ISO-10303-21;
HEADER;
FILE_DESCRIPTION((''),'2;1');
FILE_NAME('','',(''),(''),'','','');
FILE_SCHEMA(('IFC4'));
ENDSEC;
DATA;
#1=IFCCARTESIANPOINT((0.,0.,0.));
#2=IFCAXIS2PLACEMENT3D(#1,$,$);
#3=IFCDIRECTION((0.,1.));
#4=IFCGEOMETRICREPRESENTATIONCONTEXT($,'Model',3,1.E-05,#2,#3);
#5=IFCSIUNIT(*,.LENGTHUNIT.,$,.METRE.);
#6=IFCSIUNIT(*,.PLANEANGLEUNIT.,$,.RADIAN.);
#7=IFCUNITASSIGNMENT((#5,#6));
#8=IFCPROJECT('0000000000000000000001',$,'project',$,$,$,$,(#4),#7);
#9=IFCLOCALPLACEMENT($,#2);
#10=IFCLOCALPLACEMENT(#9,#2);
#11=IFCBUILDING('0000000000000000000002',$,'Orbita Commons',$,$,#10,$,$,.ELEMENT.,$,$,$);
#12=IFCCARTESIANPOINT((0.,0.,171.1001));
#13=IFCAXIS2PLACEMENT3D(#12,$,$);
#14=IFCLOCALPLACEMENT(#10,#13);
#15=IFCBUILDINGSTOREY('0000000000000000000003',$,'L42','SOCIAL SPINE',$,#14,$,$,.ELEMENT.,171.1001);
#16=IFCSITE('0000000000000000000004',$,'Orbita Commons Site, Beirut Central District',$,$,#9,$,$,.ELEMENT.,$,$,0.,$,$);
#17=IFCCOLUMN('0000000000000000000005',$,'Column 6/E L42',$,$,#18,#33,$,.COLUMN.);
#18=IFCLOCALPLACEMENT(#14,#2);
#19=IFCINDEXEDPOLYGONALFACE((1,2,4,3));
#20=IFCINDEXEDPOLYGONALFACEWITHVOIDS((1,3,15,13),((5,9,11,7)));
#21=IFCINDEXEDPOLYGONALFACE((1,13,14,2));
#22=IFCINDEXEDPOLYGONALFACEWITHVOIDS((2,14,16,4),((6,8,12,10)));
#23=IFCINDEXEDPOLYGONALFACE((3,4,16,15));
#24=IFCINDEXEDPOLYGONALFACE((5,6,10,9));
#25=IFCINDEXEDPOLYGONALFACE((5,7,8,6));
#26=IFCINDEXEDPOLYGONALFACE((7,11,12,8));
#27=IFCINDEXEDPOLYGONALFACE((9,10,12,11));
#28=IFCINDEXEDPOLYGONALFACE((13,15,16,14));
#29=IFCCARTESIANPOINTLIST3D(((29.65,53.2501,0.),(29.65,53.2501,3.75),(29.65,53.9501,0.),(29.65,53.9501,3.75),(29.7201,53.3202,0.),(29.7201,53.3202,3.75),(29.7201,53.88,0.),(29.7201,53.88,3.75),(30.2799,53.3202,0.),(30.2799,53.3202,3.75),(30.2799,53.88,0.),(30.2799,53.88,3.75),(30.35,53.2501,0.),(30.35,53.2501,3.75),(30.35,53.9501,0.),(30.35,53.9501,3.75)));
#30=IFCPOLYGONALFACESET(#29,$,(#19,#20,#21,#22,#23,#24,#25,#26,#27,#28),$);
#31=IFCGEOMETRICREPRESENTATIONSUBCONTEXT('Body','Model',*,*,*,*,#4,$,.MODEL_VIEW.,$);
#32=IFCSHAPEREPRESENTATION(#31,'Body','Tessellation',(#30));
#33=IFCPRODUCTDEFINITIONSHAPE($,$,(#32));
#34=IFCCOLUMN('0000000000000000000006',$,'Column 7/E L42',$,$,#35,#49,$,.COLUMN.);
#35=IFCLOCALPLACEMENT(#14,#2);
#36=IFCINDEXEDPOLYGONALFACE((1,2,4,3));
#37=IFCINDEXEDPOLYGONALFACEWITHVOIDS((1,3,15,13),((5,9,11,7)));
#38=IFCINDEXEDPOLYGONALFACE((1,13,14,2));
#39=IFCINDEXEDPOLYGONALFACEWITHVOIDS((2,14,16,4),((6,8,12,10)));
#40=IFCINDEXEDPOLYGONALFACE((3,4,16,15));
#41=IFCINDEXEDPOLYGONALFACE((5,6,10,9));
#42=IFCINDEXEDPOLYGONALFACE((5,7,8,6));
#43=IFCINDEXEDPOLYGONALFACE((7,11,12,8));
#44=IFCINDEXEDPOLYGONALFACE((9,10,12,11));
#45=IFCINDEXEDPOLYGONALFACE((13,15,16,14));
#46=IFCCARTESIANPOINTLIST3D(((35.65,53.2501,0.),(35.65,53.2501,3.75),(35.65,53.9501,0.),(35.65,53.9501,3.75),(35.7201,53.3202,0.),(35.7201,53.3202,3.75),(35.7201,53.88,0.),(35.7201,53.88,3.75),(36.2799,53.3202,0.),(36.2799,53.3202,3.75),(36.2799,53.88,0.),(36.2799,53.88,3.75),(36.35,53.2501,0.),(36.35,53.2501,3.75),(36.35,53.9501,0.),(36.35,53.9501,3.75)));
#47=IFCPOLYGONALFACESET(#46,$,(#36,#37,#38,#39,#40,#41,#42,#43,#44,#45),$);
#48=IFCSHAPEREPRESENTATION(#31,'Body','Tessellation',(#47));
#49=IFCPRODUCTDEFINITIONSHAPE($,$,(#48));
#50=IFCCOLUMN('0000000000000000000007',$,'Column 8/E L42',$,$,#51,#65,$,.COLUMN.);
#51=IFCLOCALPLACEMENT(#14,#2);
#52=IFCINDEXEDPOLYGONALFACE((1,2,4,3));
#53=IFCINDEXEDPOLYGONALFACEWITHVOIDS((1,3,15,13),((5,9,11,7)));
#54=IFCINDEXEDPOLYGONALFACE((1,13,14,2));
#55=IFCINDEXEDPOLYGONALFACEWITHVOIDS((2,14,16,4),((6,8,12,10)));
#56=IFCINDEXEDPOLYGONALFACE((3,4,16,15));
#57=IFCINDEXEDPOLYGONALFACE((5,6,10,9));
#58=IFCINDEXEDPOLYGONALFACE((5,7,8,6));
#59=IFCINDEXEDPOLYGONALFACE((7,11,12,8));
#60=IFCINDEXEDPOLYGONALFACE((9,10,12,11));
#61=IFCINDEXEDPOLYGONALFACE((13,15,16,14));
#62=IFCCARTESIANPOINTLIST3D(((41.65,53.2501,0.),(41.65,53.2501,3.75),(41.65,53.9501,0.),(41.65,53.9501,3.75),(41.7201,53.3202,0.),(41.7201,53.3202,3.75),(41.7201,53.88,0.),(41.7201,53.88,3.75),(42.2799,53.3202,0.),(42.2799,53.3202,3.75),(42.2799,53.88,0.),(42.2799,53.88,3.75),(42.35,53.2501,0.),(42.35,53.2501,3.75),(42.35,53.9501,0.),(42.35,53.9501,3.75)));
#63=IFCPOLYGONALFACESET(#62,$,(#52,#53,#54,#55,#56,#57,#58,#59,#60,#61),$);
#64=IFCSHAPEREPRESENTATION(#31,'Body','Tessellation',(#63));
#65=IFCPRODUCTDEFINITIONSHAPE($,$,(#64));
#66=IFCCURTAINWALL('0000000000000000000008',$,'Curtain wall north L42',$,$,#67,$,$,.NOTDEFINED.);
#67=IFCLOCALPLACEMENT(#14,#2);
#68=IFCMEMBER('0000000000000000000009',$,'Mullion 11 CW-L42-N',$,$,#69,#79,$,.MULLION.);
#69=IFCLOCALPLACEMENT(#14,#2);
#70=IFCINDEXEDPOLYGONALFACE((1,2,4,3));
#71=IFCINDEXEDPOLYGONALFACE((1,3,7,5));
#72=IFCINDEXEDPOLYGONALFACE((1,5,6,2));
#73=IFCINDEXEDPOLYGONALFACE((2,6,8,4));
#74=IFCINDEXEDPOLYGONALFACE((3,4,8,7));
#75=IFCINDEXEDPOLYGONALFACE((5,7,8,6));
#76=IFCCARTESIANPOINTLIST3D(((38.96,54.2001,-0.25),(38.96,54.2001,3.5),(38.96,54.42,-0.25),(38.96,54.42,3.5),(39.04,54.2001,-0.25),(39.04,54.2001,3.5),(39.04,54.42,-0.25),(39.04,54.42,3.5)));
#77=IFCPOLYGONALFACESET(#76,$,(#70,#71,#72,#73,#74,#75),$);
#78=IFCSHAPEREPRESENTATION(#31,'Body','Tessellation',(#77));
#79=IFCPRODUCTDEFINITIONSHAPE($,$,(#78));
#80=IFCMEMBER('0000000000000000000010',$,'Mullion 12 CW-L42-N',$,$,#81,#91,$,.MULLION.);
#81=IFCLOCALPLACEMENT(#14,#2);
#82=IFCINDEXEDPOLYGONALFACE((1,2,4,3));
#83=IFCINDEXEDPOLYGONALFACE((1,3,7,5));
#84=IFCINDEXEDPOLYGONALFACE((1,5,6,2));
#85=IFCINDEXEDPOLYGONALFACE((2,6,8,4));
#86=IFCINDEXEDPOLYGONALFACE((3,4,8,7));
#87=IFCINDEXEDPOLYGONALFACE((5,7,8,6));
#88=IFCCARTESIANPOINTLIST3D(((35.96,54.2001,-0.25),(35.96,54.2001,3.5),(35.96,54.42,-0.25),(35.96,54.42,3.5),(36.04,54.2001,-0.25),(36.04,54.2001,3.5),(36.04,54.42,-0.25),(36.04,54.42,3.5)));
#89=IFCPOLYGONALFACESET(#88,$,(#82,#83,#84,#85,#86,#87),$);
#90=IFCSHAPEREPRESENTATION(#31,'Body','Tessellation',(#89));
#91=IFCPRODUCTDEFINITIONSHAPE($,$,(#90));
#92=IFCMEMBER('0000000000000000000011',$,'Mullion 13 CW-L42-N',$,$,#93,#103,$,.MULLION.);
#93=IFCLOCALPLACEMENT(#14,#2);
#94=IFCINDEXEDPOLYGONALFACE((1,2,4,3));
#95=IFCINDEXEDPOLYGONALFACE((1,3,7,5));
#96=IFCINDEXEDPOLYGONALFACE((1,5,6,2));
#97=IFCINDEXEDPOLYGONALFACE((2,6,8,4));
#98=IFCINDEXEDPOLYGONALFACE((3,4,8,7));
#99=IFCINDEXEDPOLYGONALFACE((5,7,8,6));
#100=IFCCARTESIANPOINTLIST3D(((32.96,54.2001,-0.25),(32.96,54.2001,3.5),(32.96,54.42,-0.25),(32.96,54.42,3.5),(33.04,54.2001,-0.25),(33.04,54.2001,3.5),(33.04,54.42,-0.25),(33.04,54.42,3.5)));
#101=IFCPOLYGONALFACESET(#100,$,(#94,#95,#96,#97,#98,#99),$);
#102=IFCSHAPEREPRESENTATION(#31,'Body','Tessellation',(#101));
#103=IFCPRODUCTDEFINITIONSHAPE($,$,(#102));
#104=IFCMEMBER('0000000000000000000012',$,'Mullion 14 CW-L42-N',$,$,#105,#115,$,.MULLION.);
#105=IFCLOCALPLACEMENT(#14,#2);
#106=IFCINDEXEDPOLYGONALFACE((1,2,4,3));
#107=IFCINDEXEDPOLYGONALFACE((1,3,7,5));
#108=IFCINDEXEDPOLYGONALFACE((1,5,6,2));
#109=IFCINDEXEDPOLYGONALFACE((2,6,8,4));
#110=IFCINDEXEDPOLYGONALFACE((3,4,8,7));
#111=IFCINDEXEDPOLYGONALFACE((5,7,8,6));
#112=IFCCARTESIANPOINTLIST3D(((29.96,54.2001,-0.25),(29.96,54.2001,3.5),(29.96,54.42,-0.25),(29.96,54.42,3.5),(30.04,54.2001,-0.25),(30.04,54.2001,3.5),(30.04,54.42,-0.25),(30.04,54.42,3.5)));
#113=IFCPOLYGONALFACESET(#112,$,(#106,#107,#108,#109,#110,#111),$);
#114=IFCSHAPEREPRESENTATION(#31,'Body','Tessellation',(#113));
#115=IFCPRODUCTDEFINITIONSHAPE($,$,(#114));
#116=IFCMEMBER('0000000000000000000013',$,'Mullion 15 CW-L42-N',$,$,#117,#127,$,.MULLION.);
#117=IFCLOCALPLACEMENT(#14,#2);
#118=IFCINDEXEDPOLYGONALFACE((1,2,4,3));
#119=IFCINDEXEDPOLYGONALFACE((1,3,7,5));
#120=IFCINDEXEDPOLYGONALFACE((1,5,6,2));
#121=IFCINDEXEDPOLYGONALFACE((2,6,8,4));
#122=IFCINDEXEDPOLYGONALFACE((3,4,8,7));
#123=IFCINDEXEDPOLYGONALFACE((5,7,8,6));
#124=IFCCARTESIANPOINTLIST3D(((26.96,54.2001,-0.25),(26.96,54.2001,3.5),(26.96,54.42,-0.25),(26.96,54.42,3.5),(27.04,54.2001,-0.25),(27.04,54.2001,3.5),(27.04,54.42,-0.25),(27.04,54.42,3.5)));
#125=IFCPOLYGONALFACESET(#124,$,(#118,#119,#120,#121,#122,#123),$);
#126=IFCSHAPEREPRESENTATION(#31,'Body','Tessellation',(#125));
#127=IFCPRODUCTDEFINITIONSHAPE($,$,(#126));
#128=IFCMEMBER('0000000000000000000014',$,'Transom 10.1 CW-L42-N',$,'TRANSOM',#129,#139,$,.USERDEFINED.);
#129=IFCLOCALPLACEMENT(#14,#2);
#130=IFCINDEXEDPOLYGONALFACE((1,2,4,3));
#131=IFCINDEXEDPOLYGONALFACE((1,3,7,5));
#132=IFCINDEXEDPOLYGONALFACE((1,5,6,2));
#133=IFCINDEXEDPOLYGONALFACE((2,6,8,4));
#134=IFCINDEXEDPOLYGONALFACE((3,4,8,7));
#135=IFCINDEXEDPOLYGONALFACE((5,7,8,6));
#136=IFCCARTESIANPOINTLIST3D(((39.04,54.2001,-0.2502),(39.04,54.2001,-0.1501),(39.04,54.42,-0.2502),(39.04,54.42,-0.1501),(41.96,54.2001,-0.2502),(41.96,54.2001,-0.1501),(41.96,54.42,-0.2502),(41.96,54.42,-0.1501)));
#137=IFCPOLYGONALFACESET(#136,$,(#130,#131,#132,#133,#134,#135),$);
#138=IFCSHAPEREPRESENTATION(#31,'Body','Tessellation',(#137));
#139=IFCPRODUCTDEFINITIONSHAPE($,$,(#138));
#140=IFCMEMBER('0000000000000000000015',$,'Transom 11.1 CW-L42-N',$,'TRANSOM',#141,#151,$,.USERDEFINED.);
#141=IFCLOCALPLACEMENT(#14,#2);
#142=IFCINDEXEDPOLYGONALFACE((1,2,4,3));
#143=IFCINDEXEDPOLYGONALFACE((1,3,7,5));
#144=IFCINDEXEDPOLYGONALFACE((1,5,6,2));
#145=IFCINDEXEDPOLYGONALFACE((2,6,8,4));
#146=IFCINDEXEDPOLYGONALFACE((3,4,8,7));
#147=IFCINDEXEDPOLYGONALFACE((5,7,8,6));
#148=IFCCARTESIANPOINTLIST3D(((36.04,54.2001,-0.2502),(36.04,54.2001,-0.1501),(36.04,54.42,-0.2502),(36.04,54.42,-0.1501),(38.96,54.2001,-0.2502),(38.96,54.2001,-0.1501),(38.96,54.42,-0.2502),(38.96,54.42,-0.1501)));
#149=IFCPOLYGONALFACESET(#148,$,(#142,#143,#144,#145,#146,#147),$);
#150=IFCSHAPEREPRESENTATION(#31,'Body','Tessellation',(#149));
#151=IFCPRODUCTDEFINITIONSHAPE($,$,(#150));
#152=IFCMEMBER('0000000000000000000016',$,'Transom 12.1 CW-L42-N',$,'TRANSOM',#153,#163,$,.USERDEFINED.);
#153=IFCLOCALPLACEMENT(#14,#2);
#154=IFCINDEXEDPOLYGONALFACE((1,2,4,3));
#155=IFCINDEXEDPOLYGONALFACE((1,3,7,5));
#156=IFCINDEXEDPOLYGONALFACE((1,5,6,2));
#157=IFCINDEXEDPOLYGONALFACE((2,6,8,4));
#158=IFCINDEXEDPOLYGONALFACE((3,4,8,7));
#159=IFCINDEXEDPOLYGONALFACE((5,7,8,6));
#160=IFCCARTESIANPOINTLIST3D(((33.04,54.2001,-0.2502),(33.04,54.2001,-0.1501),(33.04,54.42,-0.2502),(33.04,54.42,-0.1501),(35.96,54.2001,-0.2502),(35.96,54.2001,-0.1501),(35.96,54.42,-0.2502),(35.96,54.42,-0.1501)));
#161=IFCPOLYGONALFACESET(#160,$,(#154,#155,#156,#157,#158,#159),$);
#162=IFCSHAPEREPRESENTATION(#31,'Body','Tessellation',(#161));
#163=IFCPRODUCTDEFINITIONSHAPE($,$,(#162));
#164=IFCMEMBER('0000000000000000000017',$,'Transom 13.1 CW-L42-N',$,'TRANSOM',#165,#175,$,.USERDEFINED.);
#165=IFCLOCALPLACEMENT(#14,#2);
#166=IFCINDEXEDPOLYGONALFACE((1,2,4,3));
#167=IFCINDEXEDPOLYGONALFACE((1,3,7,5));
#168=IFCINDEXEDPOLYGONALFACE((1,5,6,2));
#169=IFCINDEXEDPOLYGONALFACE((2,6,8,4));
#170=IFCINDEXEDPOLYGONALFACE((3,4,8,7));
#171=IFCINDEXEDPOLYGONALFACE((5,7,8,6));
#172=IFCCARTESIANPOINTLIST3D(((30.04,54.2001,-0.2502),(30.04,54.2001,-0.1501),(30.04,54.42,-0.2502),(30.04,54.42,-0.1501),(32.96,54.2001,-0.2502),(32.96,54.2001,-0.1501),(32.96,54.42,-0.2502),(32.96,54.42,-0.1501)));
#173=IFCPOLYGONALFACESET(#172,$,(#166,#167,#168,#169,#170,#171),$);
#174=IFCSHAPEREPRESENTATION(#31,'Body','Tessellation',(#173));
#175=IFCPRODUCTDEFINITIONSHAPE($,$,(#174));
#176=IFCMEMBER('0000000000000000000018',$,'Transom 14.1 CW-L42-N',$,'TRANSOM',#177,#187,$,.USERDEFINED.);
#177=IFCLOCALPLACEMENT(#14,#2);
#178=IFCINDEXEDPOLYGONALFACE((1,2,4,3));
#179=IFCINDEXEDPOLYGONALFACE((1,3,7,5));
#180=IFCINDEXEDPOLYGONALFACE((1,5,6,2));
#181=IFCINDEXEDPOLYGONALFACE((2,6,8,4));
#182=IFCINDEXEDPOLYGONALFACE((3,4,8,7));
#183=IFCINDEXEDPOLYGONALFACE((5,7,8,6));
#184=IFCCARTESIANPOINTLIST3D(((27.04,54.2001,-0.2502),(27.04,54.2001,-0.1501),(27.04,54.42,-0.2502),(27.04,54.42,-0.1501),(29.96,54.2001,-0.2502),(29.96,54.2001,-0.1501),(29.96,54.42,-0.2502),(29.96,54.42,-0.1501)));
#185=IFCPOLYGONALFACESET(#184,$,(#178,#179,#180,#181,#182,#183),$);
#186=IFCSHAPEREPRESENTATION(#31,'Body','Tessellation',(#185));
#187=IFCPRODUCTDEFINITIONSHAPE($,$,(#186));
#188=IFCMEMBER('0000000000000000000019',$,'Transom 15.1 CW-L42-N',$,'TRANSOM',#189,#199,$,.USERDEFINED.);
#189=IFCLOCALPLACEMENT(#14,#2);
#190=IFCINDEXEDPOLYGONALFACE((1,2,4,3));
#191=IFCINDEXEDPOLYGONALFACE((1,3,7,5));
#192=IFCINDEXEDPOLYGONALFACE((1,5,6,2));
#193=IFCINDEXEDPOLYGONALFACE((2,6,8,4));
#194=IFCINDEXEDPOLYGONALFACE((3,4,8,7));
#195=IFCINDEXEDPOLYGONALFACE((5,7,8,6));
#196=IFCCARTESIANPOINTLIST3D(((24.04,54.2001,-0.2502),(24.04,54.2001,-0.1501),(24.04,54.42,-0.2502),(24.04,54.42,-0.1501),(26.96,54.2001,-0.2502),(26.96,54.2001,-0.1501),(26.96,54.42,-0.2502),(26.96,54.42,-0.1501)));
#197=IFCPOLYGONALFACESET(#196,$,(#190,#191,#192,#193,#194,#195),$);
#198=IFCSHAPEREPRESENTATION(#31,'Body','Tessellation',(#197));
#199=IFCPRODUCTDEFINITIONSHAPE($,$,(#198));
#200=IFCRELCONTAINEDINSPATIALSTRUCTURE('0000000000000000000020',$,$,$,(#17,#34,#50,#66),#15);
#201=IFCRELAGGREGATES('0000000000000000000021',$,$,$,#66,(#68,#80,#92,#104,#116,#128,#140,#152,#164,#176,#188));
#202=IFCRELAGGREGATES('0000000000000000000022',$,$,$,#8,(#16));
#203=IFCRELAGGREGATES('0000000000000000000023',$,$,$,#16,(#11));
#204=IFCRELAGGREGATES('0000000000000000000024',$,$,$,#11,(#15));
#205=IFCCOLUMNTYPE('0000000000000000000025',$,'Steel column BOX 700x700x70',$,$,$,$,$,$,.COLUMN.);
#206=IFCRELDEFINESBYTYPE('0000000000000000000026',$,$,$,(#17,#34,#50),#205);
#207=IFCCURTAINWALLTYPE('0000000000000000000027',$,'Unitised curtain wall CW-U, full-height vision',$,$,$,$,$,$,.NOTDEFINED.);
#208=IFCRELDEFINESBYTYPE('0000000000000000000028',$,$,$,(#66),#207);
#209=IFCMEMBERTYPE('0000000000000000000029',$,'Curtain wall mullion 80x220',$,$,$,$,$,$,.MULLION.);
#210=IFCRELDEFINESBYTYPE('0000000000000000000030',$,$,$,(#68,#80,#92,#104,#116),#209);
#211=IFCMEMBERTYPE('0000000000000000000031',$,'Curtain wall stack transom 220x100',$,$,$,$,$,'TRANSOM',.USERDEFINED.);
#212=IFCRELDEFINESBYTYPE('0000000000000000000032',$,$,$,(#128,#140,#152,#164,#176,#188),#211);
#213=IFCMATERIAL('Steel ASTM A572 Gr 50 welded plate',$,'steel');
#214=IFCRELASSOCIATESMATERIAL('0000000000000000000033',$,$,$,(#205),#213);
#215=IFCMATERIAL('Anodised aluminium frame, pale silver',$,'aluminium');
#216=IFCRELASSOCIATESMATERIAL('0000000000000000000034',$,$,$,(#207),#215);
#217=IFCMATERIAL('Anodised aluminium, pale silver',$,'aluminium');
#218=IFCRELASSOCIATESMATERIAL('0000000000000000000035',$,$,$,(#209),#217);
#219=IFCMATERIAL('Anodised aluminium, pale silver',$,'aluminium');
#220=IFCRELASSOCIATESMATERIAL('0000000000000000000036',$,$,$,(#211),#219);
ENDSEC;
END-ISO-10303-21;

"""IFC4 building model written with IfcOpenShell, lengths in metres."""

from ifc_helpers import new_model, si_unit, direction, frame, origin, origin_2d, place, context, subcontext, project, spatial, rectangle, hollow_rectangle, extrude, material, material_profile, profile_set, type_object, element, aggregate, save


model = new_model("IFC4")

# Units and contexts
model_context = context("Model", 3, precision=1e-05, world=origin(), true_north=direction((0.0, 1.0)))
body_context = subcontext(model_context, "Body", "Model", "MODEL_VIEW")
ifc_project = project(units=[si_unit("LENGTHUNIT", "METRE"), si_unit("PLANEANGLEUNIT", "RADIAN")], contexts=[model_context])

# Site, building, storey
site_placement = place(None, origin())
site = spatial("IfcSite", under=ifc_project, at=site_placement, Name="Orbita Commons Site, Beirut Central District", CompositionType="ELEMENT", RefElevation=0.0)
building_placement = place(site_placement, origin())
building = spatial("IfcBuilding", under=site, at=building_placement, Name="Orbita Commons", CompositionType="ELEMENT")
storey_placement = place(building_placement, frame((0.0, 0.0, 171.1001)))
storey = spatial("IfcBuildingStorey", under=building, at=storey_placement, Name="L42", Description="SOCIAL SPINE", CompositionType="ELEMENT", Elevation=171.1001)

# Columns
ifc_material_1 = material(Name="Steel ASTM A572 Gr 50 welded plate", Category="steel")
ifc_material_profile_1 = material_profile(ifc_material_1, hollow_rectangle(XDim=0.7, YDim=0.7, WallThickness=0.0701, at=origin_2d()), Name="BOX 700x700x70")
ifc_profile_set_1 = profile_set([ifc_material_profile_1], Name="Steel ASTM A572 Gr 50 welded plate")
column_type = type_object("IfcColumnType", Name="Steel column BOX 700x700x70", PredefinedType="COLUMN", material=ifc_profile_set_1)
for number, where, z_axis, x_axis, name in (
    (1, (30.0, 53.6001, 0.0), (0.0, 0.0, 1.0), (1.0, 0.0, 0.0), "Column 6/E L42"),
    (2, (36.0, 53.6001, 0.0), (0.0, 0.0, 1.0), (1.0, 0.0, 0.0), "Column 7/E L42"),
    (3, (42.0, 53.6001, 0.0), (0.0, 0.0, 1.0), (1.0, 0.0, 0.0), "Column 8/E L42"),
):
    element("IfcColumn", number, at=place(storey_placement, frame(where, z_axis=z_axis, x_axis=x_axis)), inside=storey, type_object=column_type, Name=name, PredefinedType="COLUMN", context=body_context, shape_type="SweptSolid", body=[
        extrude(hollow_rectangle(XDim=0.7, YDim=0.7, WallThickness=0.0701, at=origin_2d()), origin(), (0.0, 0.0, 1.0), 3.75),
    ])

# Curtain wall, members
ifc_material_2 = material(Name="Anodised aluminium frame, pale silver", Category="aluminium")
curtain_wall_type = type_object("IfcCurtainWallType", Name="Unitised curtain wall CW-U, full-height vision", PredefinedType="NOTDEFINED", material=ifc_material_2)
curtain_wall_placement = place(storey_placement, origin())
curtain_wall = element("IfcCurtainWall", 4, at=curtain_wall_placement, inside=storey, type_object=curtain_wall_type, Name="Curtain wall north L42", PredefinedType="NOTDEFINED")
ifc_material_3 = material(Name="Anodised aluminium, pale silver", Category="aluminium")
ifc_material_profile_2 = material_profile(ifc_material_3, rectangle(XDim=0.0801, YDim=0.22, at=origin_2d()), Name="AL 80x220")
ifc_profile_set_2 = profile_set([ifc_material_profile_2], Name="Anodised aluminium, pale silver")
member_type_1 = type_object("IfcMemberType", Name="Curtain wall mullion 80x220", PredefinedType="MULLION", material=ifc_profile_set_2)
member_1_placement = place(storey_placement, frame((39.0, 54.3101, -0.25), z_axis=(0.0, 0.0, 1.0), x_axis=(-1.0, 0.0, 0.0)))
member_1 = element("IfcMember", 5, at=member_1_placement, type_object=member_type_1, Name="Mullion 11 CW-L42-N", PredefinedType="MULLION", context=body_context, shape_type="SweptSolid", body=[
    extrude(rectangle(XDim=0.0801, YDim=0.22, at=origin_2d()), origin(), (0.0, 0.0, 1.0), 3.75),
])
member_2_placement = place(storey_placement, frame((36.0, 54.3101, -0.25), z_axis=(0.0, 0.0, 1.0), x_axis=(-1.0, 0.0, 0.0)))
member_2 = element("IfcMember", 6, at=member_2_placement, type_object=member_type_1, Name="Mullion 12 CW-L42-N", PredefinedType="MULLION", context=body_context, shape_type="SweptSolid", body=[
    extrude(rectangle(XDim=0.0801, YDim=0.22, at=origin_2d()), origin(), (0.0, 0.0, 1.0), 3.75),
])
member_3_placement = place(storey_placement, frame((33.0, 54.3101, -0.25), z_axis=(0.0, 0.0, 1.0), x_axis=(-1.0, 0.0, 0.0)))
member_3 = element("IfcMember", 7, at=member_3_placement, type_object=member_type_1, Name="Mullion 13 CW-L42-N", PredefinedType="MULLION", context=body_context, shape_type="SweptSolid", body=[
    extrude(rectangle(XDim=0.0801, YDim=0.22, at=origin_2d()), origin(), (0.0, 0.0, 1.0), 3.75),
])
member_4_placement = place(storey_placement, frame((30.0, 54.3101, -0.25), z_axis=(0.0, 0.0, 1.0), x_axis=(-1.0, 0.0, 0.0)))
member_4 = element("IfcMember", 8, at=member_4_placement, type_object=member_type_1, Name="Mullion 14 CW-L42-N", PredefinedType="MULLION", context=body_context, shape_type="SweptSolid", body=[
    extrude(rectangle(XDim=0.0801, YDim=0.22, at=origin_2d()), origin(), (0.0, 0.0, 1.0), 3.75),
])
member_5_placement = place(storey_placement, frame((27.0, 54.3101, -0.25), z_axis=(0.0, 0.0, 1.0), x_axis=(-1.0, 0.0, 0.0)))
member_5 = element("IfcMember", 9, at=member_5_placement, type_object=member_type_1, Name="Mullion 15 CW-L42-N", PredefinedType="MULLION", context=body_context, shape_type="SweptSolid", body=[
    extrude(rectangle(XDim=0.0801, YDim=0.22, at=origin_2d()), origin(), (0.0, 0.0, 1.0), 3.75),
])
ifc_material_4 = material(Name="Anodised aluminium, pale silver", Category="aluminium")
ifc_material_profile_3 = material_profile(ifc_material_4, rectangle(XDim=0.22, YDim=0.1001, at=origin_2d()), Name="AL 220x100")
ifc_profile_set_3 = profile_set([ifc_material_profile_3], Name="Anodised aluminium, pale silver")
member_type_2 = type_object("IfcMemberType", Name="Curtain wall stack transom 220x100", ElementType="TRANSOM", PredefinedType="USERDEFINED", material=ifc_profile_set_3)
member_6_placement = place(storey_placement, frame((41.96, 54.3101, -0.2002), z_axis=(-1.0, 0.0, 0.0), x_axis=(0.0, -1.0, 0.0)))
member_6 = element("IfcMember", 10, at=member_6_placement, type_object=member_type_2, Name="Transom 10.1 CW-L42-N", ObjectType="TRANSOM", PredefinedType="USERDEFINED", context=body_context, shape_type="SweptSolid", body=[
    extrude(rectangle(XDim=0.22, YDim=0.1001, at=origin_2d()), origin(), (0.0, 0.0, 1.0), 2.9199),
])
member_7_placement = place(storey_placement, frame((38.96, 54.3101, -0.2002), z_axis=(-1.0, 0.0, 0.0), x_axis=(0.0, -1.0, 0.0)))
member_7 = element("IfcMember", 11, at=member_7_placement, type_object=member_type_2, Name="Transom 11.1 CW-L42-N", ObjectType="TRANSOM", PredefinedType="USERDEFINED", context=body_context, shape_type="SweptSolid", body=[
    extrude(rectangle(XDim=0.22, YDim=0.1001, at=origin_2d()), origin(), (0.0, 0.0, 1.0), 2.9199),
])
member_8_placement = place(storey_placement, frame((35.96, 54.3101, -0.2002), z_axis=(-1.0, 0.0, 0.0), x_axis=(0.0, -1.0, 0.0)))
member_8 = element("IfcMember", 12, at=member_8_placement, type_object=member_type_2, Name="Transom 12.1 CW-L42-N", ObjectType="TRANSOM", PredefinedType="USERDEFINED", context=body_context, shape_type="SweptSolid", body=[
    extrude(rectangle(XDim=0.22, YDim=0.1001, at=origin_2d()), origin(), (0.0, 0.0, 1.0), 2.9199),
])
member_9_placement = place(storey_placement, frame((32.96, 54.3101, -0.2002), z_axis=(-1.0, 0.0, 0.0), x_axis=(0.0, -1.0, 0.0)))
member_9 = element("IfcMember", 13, at=member_9_placement, type_object=member_type_2, Name="Transom 13.1 CW-L42-N", ObjectType="TRANSOM", PredefinedType="USERDEFINED", context=body_context, shape_type="SweptSolid", body=[
    extrude(rectangle(XDim=0.22, YDim=0.1001, at=origin_2d()), origin(), (0.0, 0.0, 1.0), 2.9199),
])
member_10_placement = place(storey_placement, frame((29.96, 54.3101, -0.2002), z_axis=(-1.0, 0.0, 0.0), x_axis=(0.0, -1.0, 0.0)))
member_10 = element("IfcMember", 14, at=member_10_placement, type_object=member_type_2, Name="Transom 14.1 CW-L42-N", ObjectType="TRANSOM", PredefinedType="USERDEFINED", context=body_context, shape_type="SweptSolid", body=[
    extrude(rectangle(XDim=0.22, YDim=0.1001, at=origin_2d()), origin(), (0.0, 0.0, 1.0), 2.9199),
])
member_11_placement = place(storey_placement, frame((26.96, 54.3101, -0.2002), z_axis=(-1.0, 0.0, 0.0), x_axis=(0.0, -1.0, 0.0)))
member_11 = element("IfcMember", 15, at=member_11_placement, type_object=member_type_2, Name="Transom 15.1 CW-L42-N", ObjectType="TRANSOM", PredefinedType="USERDEFINED", context=body_context, shape_type="SweptSolid", body=[
    extrude(rectangle(XDim=0.22, YDim=0.1001, at=origin_2d()), origin(), (0.0, 0.0, 1.0), 2.9199),
])

aggregate(curtain_wall, [member_1, member_2, member_3, member_4, member_5, member_6, member_7, member_8, member_9, member_10, member_11])

save(model, "model.ifc")
